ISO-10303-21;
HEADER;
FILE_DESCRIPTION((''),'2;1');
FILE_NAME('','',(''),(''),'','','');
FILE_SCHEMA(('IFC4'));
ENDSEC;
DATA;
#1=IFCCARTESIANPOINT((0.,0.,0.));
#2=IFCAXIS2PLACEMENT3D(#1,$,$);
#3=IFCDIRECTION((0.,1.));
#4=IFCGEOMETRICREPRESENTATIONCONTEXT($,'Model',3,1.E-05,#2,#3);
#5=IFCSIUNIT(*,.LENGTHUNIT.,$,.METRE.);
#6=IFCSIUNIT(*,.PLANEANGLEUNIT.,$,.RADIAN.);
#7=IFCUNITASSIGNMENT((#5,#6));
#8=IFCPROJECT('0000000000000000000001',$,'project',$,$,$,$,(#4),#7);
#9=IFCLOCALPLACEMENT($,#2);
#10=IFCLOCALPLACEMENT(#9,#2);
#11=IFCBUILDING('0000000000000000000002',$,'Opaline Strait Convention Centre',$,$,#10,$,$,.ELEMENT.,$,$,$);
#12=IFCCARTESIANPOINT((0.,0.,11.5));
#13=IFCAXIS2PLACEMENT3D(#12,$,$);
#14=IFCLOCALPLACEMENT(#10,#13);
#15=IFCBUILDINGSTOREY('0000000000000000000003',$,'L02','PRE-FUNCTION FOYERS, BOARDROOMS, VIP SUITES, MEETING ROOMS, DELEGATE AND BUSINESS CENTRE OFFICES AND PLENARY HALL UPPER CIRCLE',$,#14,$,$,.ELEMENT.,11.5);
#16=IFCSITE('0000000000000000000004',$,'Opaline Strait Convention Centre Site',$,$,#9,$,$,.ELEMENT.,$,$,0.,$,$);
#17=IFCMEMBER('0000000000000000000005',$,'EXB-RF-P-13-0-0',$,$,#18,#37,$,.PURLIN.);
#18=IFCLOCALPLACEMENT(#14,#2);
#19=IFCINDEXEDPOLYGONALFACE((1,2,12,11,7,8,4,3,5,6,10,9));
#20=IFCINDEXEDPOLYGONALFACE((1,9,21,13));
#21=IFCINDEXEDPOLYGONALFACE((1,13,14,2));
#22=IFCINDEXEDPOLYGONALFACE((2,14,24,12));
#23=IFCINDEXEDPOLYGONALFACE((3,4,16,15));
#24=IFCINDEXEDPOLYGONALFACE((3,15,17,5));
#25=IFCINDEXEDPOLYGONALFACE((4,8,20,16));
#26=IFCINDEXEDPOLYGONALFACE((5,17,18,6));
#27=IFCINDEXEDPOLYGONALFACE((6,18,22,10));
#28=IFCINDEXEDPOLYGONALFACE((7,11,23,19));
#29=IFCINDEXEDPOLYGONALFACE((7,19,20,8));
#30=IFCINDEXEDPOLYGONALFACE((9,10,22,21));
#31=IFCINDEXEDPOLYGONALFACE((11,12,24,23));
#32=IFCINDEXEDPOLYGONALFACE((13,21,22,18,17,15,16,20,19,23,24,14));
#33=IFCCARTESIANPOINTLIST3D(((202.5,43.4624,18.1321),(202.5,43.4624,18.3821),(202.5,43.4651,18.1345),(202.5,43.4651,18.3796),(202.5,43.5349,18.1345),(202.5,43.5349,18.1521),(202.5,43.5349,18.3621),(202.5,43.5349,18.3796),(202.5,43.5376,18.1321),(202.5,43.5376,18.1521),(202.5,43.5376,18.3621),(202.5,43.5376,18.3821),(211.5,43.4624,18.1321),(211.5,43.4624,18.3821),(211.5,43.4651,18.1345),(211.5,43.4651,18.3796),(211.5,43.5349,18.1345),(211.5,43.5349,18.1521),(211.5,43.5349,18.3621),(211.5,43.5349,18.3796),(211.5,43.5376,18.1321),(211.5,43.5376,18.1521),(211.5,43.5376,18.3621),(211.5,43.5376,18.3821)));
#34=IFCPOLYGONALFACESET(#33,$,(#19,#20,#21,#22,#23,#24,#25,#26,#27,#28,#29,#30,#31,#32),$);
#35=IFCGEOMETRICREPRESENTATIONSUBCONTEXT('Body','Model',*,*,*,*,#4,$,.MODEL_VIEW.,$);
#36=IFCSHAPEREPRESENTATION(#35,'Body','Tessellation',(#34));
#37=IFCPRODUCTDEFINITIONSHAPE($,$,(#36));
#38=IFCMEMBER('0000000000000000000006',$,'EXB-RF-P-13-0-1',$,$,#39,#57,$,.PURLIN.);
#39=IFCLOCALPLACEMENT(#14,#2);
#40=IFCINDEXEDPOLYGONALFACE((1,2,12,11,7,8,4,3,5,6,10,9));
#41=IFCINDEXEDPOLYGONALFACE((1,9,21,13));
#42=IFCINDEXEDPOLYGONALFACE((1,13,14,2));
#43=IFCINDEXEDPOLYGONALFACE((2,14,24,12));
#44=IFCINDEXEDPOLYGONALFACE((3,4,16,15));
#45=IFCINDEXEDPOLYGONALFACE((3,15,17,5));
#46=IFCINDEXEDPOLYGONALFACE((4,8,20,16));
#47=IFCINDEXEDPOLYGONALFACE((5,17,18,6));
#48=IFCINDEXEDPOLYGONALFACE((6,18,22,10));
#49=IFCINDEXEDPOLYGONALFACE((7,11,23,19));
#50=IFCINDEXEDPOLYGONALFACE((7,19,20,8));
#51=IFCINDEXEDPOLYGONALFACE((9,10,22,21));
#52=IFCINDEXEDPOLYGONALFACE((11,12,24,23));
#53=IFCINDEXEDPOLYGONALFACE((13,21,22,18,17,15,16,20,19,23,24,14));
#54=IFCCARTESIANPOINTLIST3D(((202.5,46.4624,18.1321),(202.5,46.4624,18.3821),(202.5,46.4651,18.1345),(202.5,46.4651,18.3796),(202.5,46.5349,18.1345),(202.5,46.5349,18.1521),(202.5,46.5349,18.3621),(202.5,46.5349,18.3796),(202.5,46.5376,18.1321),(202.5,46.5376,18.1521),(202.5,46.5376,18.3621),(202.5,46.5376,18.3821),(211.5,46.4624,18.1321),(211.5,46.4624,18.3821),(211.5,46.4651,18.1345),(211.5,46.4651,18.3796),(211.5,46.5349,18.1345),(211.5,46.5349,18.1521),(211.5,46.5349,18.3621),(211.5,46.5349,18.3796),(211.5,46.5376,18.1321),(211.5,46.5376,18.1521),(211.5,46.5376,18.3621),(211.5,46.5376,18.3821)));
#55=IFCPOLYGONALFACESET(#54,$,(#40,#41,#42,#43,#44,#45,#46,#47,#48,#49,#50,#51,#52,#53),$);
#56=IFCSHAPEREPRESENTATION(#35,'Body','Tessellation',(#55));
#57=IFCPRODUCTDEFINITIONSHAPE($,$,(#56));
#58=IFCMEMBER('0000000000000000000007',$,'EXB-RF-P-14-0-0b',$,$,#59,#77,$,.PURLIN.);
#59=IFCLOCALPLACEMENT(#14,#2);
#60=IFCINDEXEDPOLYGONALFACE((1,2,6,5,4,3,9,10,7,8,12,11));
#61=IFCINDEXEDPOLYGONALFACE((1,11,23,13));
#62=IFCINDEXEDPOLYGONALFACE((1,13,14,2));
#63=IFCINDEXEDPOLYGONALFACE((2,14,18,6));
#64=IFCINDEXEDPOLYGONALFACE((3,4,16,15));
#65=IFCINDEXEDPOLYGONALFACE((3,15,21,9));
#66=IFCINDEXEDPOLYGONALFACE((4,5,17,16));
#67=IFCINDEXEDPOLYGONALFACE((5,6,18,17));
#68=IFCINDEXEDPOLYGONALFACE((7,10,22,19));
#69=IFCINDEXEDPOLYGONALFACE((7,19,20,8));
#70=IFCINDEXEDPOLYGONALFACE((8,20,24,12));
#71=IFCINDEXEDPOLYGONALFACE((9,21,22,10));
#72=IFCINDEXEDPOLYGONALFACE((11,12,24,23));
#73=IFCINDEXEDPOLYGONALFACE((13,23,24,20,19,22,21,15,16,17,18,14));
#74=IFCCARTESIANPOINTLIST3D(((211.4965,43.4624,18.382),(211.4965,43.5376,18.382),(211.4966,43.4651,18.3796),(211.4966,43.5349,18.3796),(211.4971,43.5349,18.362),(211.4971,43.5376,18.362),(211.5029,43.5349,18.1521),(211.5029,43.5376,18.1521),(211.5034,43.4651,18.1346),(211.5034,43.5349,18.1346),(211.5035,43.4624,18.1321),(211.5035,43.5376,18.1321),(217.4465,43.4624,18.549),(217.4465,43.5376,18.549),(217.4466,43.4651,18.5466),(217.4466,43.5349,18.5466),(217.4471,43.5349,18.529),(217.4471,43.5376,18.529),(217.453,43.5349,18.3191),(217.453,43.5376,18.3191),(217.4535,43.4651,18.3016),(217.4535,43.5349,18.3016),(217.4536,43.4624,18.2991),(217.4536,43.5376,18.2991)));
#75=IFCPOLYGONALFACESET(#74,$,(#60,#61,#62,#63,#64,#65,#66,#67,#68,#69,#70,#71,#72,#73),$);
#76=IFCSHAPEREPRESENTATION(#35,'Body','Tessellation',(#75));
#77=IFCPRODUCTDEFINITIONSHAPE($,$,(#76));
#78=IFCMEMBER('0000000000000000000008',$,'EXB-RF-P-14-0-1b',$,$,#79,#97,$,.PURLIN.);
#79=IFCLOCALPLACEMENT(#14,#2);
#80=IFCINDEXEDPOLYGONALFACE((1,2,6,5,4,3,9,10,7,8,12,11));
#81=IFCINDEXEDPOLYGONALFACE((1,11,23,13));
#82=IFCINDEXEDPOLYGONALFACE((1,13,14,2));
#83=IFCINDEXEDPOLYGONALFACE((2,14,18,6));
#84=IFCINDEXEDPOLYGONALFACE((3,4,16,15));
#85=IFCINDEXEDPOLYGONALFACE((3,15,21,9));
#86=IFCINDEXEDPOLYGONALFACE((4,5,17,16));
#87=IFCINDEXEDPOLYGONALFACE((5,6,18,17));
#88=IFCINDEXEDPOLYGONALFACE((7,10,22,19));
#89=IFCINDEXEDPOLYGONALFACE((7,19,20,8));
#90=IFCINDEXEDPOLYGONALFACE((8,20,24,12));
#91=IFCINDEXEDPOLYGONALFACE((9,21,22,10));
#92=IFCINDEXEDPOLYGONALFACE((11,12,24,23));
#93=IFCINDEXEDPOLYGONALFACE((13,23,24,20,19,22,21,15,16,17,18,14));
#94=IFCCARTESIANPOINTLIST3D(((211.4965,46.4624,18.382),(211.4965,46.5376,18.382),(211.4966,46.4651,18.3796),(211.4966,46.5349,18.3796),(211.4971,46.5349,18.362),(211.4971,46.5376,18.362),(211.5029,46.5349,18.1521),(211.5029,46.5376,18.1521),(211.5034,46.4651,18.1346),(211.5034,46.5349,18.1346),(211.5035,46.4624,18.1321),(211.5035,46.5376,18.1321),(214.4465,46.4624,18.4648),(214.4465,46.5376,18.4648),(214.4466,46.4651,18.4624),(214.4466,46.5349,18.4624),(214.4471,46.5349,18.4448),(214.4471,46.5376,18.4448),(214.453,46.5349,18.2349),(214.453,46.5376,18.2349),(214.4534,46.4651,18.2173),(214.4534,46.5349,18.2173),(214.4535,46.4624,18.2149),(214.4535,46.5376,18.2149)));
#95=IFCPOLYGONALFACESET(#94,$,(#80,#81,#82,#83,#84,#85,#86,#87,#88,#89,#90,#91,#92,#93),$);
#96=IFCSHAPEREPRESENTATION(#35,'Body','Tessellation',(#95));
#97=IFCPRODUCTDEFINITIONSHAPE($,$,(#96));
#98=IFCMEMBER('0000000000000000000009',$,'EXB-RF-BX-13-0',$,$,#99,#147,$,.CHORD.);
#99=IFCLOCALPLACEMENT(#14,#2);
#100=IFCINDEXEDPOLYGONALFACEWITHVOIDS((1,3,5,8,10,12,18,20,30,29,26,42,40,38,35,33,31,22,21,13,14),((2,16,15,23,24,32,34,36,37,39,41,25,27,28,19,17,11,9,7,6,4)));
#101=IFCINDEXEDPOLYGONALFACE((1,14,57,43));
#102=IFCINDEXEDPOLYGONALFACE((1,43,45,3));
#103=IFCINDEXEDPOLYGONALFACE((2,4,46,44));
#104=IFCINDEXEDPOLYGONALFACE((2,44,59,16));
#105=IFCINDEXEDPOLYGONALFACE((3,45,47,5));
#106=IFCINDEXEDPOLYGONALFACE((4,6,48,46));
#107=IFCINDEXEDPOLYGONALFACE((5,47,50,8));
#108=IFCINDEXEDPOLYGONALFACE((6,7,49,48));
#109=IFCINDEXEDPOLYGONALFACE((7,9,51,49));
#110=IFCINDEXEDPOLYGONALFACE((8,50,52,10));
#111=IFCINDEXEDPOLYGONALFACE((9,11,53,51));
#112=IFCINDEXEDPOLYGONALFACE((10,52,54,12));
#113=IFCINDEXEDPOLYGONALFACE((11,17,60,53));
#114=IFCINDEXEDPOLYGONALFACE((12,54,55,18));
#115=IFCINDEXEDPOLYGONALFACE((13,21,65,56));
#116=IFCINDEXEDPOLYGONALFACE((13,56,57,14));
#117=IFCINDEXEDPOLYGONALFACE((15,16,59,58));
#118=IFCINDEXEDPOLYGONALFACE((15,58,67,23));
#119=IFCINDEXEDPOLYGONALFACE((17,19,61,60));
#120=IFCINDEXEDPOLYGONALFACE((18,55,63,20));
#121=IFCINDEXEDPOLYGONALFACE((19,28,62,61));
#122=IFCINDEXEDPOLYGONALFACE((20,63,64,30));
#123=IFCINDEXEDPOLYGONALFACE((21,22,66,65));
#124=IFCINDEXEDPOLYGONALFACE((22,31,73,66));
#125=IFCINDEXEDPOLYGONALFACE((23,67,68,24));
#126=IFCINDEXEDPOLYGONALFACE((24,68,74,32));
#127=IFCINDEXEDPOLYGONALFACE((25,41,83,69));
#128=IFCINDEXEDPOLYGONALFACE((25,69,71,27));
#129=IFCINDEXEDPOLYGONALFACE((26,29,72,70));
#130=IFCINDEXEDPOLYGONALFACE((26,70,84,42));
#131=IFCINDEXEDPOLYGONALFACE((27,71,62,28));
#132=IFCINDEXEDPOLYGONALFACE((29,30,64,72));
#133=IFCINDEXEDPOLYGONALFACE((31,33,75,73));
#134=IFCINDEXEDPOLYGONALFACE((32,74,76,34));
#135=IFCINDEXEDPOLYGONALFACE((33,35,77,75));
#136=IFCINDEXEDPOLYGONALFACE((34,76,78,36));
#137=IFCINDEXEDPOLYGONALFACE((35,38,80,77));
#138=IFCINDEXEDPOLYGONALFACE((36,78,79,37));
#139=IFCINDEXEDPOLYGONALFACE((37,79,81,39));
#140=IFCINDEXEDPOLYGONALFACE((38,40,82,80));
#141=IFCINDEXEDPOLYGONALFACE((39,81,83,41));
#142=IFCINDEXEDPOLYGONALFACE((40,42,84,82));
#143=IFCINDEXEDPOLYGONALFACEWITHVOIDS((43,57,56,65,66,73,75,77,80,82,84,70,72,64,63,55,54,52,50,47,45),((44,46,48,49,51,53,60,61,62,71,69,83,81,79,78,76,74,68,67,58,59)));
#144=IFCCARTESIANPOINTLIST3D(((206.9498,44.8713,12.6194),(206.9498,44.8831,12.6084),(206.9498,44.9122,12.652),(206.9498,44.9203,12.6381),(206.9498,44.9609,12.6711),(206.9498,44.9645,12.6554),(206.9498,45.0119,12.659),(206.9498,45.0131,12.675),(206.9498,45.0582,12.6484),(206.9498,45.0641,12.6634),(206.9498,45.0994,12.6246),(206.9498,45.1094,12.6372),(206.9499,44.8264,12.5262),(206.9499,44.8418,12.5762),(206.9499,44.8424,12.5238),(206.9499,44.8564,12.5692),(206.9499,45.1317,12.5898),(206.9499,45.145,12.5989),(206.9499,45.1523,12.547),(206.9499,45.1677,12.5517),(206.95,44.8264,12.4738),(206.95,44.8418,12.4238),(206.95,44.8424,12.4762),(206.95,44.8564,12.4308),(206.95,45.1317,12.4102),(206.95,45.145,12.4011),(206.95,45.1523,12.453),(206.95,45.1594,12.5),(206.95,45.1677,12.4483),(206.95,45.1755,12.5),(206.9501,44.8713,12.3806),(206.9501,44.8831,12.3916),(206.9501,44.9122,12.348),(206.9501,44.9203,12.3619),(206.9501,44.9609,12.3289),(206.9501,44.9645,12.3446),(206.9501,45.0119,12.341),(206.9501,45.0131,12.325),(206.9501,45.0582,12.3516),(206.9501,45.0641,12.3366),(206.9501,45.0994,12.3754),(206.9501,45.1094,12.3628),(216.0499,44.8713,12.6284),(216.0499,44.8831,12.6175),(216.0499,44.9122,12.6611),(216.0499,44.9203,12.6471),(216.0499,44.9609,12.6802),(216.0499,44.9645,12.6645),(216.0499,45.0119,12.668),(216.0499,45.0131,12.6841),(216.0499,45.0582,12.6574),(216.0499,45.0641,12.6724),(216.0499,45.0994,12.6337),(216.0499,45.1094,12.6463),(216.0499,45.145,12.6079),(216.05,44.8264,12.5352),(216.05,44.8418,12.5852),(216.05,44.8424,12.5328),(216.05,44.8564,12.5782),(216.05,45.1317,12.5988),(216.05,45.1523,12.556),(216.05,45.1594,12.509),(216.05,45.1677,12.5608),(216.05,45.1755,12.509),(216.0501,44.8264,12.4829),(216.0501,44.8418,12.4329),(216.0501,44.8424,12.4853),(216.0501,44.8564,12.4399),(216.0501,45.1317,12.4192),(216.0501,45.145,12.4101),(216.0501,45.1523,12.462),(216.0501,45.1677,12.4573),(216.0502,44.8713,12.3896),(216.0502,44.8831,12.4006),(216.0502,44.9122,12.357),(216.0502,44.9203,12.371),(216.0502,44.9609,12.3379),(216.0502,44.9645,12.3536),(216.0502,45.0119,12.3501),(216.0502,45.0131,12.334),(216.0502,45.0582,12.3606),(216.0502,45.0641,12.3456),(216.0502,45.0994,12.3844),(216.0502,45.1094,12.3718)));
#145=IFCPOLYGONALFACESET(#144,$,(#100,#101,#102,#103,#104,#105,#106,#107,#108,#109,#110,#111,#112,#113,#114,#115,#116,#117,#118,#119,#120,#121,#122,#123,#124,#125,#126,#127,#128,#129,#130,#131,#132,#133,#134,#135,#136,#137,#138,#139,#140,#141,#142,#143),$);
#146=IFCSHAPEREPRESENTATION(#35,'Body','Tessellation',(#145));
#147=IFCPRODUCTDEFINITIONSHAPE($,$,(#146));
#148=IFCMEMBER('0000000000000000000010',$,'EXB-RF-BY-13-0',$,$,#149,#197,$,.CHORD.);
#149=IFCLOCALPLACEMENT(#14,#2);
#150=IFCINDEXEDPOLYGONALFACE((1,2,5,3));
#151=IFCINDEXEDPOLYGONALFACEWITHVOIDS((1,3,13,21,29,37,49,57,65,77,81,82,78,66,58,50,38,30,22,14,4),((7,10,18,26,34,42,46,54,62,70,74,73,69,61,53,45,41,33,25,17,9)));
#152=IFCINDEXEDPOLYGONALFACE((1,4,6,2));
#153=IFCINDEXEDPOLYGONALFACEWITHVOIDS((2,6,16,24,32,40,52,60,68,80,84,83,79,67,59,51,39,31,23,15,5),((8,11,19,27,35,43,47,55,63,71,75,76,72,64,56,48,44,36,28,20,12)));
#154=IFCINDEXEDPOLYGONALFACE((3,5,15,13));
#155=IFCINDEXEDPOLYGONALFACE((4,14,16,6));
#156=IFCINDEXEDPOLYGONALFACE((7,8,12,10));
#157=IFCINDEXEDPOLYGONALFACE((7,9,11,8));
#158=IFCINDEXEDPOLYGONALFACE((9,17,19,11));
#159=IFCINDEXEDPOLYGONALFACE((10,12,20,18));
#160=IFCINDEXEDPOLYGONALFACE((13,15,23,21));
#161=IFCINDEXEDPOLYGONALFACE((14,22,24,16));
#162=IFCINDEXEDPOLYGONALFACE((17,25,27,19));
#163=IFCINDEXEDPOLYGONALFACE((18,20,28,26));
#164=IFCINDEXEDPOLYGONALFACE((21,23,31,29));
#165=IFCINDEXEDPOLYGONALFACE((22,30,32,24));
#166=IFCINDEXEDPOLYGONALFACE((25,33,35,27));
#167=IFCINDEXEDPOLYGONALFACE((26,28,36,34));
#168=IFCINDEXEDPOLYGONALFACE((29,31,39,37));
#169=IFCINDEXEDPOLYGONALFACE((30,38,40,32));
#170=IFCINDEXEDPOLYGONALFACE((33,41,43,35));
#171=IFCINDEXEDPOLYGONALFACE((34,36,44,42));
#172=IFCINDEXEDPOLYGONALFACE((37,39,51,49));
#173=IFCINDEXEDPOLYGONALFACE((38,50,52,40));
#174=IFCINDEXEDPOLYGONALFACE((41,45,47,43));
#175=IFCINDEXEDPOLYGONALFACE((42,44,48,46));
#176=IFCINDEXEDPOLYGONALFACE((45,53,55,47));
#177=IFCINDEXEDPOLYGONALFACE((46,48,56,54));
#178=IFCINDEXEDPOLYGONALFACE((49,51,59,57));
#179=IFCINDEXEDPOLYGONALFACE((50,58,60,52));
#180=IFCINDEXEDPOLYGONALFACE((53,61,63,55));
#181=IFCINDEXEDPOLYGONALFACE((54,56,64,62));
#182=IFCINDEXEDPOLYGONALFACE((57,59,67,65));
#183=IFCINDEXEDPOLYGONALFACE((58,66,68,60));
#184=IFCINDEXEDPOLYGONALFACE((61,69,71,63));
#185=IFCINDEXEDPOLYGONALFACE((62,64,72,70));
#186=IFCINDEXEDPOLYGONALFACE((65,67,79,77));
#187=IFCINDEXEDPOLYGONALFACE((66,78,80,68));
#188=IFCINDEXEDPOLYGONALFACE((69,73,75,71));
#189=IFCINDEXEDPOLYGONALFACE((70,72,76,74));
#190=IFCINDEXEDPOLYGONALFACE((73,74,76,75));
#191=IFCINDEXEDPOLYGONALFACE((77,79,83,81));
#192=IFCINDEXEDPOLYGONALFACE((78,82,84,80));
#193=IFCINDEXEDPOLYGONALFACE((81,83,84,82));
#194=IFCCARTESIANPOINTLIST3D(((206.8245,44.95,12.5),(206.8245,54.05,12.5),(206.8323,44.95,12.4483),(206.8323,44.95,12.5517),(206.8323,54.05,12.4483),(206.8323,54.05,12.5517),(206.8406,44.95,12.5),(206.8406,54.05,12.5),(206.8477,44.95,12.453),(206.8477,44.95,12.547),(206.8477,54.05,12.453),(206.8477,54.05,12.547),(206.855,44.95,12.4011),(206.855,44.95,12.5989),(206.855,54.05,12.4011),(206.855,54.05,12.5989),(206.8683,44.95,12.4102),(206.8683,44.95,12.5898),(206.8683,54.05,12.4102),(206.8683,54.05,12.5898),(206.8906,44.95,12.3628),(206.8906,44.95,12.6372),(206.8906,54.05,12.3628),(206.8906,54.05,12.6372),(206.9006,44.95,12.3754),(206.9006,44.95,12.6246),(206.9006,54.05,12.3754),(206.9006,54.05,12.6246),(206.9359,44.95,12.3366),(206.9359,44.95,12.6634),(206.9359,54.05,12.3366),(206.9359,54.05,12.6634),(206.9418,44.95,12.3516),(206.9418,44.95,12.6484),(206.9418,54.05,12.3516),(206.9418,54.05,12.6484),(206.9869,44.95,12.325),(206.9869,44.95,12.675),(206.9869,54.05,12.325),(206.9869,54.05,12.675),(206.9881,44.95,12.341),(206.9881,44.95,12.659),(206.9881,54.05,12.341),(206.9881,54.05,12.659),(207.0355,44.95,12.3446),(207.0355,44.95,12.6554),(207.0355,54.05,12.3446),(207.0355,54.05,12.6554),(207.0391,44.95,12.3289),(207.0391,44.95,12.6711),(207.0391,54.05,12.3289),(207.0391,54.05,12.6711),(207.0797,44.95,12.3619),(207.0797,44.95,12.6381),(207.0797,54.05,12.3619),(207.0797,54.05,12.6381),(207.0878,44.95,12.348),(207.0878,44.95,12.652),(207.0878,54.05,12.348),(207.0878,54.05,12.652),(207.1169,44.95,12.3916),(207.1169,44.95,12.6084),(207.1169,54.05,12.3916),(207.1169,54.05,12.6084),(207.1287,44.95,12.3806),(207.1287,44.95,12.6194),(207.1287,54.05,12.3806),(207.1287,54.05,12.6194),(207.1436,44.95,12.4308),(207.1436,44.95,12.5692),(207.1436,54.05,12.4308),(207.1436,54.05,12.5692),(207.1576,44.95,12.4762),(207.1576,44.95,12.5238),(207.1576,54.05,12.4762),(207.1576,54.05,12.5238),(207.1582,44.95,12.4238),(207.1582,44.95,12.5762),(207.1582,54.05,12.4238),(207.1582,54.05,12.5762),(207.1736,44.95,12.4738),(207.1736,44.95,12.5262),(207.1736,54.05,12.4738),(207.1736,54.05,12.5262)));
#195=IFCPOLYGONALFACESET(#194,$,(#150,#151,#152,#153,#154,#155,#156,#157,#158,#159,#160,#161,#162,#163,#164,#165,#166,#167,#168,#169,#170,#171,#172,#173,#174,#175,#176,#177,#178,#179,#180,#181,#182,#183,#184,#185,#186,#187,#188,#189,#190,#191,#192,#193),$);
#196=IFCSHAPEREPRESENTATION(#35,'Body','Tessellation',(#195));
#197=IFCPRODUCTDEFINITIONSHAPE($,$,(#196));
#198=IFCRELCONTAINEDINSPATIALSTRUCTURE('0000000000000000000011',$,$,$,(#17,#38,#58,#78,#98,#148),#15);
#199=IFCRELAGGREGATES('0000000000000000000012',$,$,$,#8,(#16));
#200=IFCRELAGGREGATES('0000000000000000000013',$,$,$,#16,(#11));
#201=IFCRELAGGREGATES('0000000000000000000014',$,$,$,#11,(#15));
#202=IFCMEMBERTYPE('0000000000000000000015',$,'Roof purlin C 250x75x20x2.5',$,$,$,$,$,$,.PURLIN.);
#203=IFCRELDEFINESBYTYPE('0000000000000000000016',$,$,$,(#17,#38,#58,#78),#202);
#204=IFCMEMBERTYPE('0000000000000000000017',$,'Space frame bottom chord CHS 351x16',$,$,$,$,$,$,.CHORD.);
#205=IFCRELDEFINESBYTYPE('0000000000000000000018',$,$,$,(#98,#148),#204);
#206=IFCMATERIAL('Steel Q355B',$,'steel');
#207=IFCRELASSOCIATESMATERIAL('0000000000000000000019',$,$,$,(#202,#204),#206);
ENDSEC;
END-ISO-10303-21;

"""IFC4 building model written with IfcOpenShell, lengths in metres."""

from ifc_helpers import new_model, si_unit, direction, frame, origin, origin_2d, place, context, subcontext, project, spatial, polyline, hollow_circle, outline, extrude, material, material_profile, profile_set, type_object, element, save


model = new_model("IFC4")

# Units and contexts
model_context = context("Model", 3, precision=1e-05, world=origin(), true_north=direction((0.0, 1.0)))
body_context = subcontext(model_context, "Body", "Model", "MODEL_VIEW")
ifc_project = project(units=[si_unit("LENGTHUNIT", "METRE"), si_unit("PLANEANGLEUNIT", "RADIAN")], contexts=[model_context])

# Site, building, storey
site_placement = place(None, origin())
site = spatial("IfcSite", under=ifc_project, at=site_placement, Name="Opaline Strait Convention Centre Site", CompositionType="ELEMENT", RefElevation=0.0)
building_placement = place(site_placement, origin())
building = spatial("IfcBuilding", under=site, at=building_placement, Name="Opaline Strait Convention Centre", CompositionType="ELEMENT")
storey_placement = place(building_placement, frame((0.0, 0.0, 11.5)))
storey = spatial("IfcBuildingStorey", under=building, at=storey_placement, Name="L02", Description="PRE-FUNCTION FOYERS, BOARDROOMS, VIP SUITES, MEETING ROOMS, DELEGATE AND BUSINESS CENTRE OFFICES AND PLENARY HALL UPPER CIRCLE", CompositionType="ELEMENT", Elevation=11.5)

# Members
ifc_material_1 = material(Name="Steel Q355B", Category="steel")
ifc_material_profile_1 = material_profile(ifc_material_1, outline(polyline([(-0.0376, -0.125), (0.0376, -0.125), (0.0376, -0.105), (0.0349, -0.105), (0.0349, -0.1226), (-0.0349, -0.1226), (-0.0349, 0.1226), (0.0349, 0.1226), (0.0349, 0.105), (0.0376, 0.105), (0.0376, 0.125), (-0.0376, 0.125), (-0.0376, -0.125)])), Name="C 250x75x20x2.5")
ifc_profile_set_1 = profile_set([ifc_material_profile_1], Name="Steel Q355B")
member_type_1 = type_object("IfcMemberType", Name="Roof purlin C 250x75x20x2.5", PredefinedType="PURLIN", material=ifc_profile_set_1)
for number, where, z_axis, x_axis, name in (
    (1, (202.5, 43.5, 18.2571), (1.0, 0.0, 0.0), (0.0, 1.0, 0.0), "EXB-RF-P-13-0-0"),
    (2, (202.5, 46.5, 18.2571), (1.0, 0.0, 0.0), (0.0, 1.0, 0.0), "EXB-RF-P-13-0-1"),
):
    element("IfcMember", number, at=place(storey_placement, frame(where, z_axis=z_axis, x_axis=x_axis)), inside=storey, type_object=member_type_1, Name=name, PredefinedType="PURLIN", context=body_context, shape_type="SweptSolid", body=[
        extrude(outline(polyline([(-0.0376, -0.125), (0.0376, -0.125), (0.0376, -0.105), (0.0349, -0.105), (0.0349, -0.1226), (-0.0349, -0.1226), (-0.0349, 0.1226), (0.0349, 0.1226), (0.0349, 0.105), (0.0376, 0.105), (0.0376, 0.125), (-0.0376, 0.125), (-0.0376, -0.125)])), origin(), (0.0, 0.0, 1.0), 9.0),
    ])
member_1_placement = place(storey_placement, frame((211.5, 43.5, 18.2571), z_axis=(0.999606, 0.0, 0.028055), x_axis=(0.0, 1.0, 0.0)))
element("IfcMember", 3, at=member_1_placement, inside=storey, type_object=member_type_1, Name="EXB-RF-P-14-0-0b", PredefinedType="PURLIN", context=body_context, shape_type="SweptSolid", body=[
    extrude(outline(polyline([(-0.0376, -0.125), (0.0376, -0.125), (0.0376, -0.105), (0.0349, -0.105), (0.0349, -0.1226), (-0.0349, -0.1226), (-0.0349, 0.1226), (0.0349, 0.1226), (0.0349, 0.105), (0.0376, 0.105), (0.0376, 0.125), (-0.0376, 0.125), (-0.0376, -0.125)])), origin(), (0.0, 0.0, 1.0), 5.9524),
])
member_2_placement = place(storey_placement, frame((211.5, 46.5, 18.2571), z_axis=(0.999607, 0.0, 0.028045), x_axis=(0.0, 1.0, 0.0)))
element("IfcMember", 4, at=member_2_placement, inside=storey, type_object=member_type_1, Name="EXB-RF-P-14-0-1b", PredefinedType="PURLIN", context=body_context, shape_type="SweptSolid", body=[
    extrude(outline(polyline([(-0.0376, -0.125), (0.0376, -0.125), (0.0376, -0.105), (0.0349, -0.105), (0.0349, -0.1226), (-0.0349, -0.1226), (-0.0349, 0.1226), (0.0349, 0.1226), (0.0349, 0.105), (0.0376, 0.105), (0.0376, 0.125), (-0.0376, 0.125), (-0.0376, -0.125)])), origin(), (0.0, 0.0, 1.0), 2.9512),
])
ifc_material_profile_2 = material_profile(ifc_material_1, hollow_circle(Radius=0.1755, WallThickness=0.0161, at=origin_2d()), Name="CHS 351x16")
ifc_profile_set_2 = profile_set([ifc_material_profile_2], Name="Steel Q355B")
member_type_2 = type_object("IfcMemberType", Name="Space frame bottom chord CHS 351x16", PredefinedType="CHORD", material=ifc_profile_set_2)
for number, where, z_axis, x_axis, name in (
    (5, (206.95, 45.0, 12.5), (1.0, 0.0, 0.000993), (0.0, 1.0, 0.0), "EXB-RF-BX-13-0"),
    (6, (207.0, 44.95, 12.5), (0.0, 1.0, 0.0), (-1.0, 0.0, 0.0), "EXB-RF-BY-13-0"),
):
    element("IfcMember", number, at=place(storey_placement, frame(where, z_axis=z_axis, x_axis=x_axis)), inside=storey, type_object=member_type_2, Name=name, PredefinedType="CHORD", context=body_context, shape_type="SweptSolid", body=[
        extrude(hollow_circle(Radius=0.1755, WallThickness=0.0161, at=origin_2d()), origin(), (0.0, 0.0, 1.0), 9.1001),
    ])

save(model, "model.ifc")
